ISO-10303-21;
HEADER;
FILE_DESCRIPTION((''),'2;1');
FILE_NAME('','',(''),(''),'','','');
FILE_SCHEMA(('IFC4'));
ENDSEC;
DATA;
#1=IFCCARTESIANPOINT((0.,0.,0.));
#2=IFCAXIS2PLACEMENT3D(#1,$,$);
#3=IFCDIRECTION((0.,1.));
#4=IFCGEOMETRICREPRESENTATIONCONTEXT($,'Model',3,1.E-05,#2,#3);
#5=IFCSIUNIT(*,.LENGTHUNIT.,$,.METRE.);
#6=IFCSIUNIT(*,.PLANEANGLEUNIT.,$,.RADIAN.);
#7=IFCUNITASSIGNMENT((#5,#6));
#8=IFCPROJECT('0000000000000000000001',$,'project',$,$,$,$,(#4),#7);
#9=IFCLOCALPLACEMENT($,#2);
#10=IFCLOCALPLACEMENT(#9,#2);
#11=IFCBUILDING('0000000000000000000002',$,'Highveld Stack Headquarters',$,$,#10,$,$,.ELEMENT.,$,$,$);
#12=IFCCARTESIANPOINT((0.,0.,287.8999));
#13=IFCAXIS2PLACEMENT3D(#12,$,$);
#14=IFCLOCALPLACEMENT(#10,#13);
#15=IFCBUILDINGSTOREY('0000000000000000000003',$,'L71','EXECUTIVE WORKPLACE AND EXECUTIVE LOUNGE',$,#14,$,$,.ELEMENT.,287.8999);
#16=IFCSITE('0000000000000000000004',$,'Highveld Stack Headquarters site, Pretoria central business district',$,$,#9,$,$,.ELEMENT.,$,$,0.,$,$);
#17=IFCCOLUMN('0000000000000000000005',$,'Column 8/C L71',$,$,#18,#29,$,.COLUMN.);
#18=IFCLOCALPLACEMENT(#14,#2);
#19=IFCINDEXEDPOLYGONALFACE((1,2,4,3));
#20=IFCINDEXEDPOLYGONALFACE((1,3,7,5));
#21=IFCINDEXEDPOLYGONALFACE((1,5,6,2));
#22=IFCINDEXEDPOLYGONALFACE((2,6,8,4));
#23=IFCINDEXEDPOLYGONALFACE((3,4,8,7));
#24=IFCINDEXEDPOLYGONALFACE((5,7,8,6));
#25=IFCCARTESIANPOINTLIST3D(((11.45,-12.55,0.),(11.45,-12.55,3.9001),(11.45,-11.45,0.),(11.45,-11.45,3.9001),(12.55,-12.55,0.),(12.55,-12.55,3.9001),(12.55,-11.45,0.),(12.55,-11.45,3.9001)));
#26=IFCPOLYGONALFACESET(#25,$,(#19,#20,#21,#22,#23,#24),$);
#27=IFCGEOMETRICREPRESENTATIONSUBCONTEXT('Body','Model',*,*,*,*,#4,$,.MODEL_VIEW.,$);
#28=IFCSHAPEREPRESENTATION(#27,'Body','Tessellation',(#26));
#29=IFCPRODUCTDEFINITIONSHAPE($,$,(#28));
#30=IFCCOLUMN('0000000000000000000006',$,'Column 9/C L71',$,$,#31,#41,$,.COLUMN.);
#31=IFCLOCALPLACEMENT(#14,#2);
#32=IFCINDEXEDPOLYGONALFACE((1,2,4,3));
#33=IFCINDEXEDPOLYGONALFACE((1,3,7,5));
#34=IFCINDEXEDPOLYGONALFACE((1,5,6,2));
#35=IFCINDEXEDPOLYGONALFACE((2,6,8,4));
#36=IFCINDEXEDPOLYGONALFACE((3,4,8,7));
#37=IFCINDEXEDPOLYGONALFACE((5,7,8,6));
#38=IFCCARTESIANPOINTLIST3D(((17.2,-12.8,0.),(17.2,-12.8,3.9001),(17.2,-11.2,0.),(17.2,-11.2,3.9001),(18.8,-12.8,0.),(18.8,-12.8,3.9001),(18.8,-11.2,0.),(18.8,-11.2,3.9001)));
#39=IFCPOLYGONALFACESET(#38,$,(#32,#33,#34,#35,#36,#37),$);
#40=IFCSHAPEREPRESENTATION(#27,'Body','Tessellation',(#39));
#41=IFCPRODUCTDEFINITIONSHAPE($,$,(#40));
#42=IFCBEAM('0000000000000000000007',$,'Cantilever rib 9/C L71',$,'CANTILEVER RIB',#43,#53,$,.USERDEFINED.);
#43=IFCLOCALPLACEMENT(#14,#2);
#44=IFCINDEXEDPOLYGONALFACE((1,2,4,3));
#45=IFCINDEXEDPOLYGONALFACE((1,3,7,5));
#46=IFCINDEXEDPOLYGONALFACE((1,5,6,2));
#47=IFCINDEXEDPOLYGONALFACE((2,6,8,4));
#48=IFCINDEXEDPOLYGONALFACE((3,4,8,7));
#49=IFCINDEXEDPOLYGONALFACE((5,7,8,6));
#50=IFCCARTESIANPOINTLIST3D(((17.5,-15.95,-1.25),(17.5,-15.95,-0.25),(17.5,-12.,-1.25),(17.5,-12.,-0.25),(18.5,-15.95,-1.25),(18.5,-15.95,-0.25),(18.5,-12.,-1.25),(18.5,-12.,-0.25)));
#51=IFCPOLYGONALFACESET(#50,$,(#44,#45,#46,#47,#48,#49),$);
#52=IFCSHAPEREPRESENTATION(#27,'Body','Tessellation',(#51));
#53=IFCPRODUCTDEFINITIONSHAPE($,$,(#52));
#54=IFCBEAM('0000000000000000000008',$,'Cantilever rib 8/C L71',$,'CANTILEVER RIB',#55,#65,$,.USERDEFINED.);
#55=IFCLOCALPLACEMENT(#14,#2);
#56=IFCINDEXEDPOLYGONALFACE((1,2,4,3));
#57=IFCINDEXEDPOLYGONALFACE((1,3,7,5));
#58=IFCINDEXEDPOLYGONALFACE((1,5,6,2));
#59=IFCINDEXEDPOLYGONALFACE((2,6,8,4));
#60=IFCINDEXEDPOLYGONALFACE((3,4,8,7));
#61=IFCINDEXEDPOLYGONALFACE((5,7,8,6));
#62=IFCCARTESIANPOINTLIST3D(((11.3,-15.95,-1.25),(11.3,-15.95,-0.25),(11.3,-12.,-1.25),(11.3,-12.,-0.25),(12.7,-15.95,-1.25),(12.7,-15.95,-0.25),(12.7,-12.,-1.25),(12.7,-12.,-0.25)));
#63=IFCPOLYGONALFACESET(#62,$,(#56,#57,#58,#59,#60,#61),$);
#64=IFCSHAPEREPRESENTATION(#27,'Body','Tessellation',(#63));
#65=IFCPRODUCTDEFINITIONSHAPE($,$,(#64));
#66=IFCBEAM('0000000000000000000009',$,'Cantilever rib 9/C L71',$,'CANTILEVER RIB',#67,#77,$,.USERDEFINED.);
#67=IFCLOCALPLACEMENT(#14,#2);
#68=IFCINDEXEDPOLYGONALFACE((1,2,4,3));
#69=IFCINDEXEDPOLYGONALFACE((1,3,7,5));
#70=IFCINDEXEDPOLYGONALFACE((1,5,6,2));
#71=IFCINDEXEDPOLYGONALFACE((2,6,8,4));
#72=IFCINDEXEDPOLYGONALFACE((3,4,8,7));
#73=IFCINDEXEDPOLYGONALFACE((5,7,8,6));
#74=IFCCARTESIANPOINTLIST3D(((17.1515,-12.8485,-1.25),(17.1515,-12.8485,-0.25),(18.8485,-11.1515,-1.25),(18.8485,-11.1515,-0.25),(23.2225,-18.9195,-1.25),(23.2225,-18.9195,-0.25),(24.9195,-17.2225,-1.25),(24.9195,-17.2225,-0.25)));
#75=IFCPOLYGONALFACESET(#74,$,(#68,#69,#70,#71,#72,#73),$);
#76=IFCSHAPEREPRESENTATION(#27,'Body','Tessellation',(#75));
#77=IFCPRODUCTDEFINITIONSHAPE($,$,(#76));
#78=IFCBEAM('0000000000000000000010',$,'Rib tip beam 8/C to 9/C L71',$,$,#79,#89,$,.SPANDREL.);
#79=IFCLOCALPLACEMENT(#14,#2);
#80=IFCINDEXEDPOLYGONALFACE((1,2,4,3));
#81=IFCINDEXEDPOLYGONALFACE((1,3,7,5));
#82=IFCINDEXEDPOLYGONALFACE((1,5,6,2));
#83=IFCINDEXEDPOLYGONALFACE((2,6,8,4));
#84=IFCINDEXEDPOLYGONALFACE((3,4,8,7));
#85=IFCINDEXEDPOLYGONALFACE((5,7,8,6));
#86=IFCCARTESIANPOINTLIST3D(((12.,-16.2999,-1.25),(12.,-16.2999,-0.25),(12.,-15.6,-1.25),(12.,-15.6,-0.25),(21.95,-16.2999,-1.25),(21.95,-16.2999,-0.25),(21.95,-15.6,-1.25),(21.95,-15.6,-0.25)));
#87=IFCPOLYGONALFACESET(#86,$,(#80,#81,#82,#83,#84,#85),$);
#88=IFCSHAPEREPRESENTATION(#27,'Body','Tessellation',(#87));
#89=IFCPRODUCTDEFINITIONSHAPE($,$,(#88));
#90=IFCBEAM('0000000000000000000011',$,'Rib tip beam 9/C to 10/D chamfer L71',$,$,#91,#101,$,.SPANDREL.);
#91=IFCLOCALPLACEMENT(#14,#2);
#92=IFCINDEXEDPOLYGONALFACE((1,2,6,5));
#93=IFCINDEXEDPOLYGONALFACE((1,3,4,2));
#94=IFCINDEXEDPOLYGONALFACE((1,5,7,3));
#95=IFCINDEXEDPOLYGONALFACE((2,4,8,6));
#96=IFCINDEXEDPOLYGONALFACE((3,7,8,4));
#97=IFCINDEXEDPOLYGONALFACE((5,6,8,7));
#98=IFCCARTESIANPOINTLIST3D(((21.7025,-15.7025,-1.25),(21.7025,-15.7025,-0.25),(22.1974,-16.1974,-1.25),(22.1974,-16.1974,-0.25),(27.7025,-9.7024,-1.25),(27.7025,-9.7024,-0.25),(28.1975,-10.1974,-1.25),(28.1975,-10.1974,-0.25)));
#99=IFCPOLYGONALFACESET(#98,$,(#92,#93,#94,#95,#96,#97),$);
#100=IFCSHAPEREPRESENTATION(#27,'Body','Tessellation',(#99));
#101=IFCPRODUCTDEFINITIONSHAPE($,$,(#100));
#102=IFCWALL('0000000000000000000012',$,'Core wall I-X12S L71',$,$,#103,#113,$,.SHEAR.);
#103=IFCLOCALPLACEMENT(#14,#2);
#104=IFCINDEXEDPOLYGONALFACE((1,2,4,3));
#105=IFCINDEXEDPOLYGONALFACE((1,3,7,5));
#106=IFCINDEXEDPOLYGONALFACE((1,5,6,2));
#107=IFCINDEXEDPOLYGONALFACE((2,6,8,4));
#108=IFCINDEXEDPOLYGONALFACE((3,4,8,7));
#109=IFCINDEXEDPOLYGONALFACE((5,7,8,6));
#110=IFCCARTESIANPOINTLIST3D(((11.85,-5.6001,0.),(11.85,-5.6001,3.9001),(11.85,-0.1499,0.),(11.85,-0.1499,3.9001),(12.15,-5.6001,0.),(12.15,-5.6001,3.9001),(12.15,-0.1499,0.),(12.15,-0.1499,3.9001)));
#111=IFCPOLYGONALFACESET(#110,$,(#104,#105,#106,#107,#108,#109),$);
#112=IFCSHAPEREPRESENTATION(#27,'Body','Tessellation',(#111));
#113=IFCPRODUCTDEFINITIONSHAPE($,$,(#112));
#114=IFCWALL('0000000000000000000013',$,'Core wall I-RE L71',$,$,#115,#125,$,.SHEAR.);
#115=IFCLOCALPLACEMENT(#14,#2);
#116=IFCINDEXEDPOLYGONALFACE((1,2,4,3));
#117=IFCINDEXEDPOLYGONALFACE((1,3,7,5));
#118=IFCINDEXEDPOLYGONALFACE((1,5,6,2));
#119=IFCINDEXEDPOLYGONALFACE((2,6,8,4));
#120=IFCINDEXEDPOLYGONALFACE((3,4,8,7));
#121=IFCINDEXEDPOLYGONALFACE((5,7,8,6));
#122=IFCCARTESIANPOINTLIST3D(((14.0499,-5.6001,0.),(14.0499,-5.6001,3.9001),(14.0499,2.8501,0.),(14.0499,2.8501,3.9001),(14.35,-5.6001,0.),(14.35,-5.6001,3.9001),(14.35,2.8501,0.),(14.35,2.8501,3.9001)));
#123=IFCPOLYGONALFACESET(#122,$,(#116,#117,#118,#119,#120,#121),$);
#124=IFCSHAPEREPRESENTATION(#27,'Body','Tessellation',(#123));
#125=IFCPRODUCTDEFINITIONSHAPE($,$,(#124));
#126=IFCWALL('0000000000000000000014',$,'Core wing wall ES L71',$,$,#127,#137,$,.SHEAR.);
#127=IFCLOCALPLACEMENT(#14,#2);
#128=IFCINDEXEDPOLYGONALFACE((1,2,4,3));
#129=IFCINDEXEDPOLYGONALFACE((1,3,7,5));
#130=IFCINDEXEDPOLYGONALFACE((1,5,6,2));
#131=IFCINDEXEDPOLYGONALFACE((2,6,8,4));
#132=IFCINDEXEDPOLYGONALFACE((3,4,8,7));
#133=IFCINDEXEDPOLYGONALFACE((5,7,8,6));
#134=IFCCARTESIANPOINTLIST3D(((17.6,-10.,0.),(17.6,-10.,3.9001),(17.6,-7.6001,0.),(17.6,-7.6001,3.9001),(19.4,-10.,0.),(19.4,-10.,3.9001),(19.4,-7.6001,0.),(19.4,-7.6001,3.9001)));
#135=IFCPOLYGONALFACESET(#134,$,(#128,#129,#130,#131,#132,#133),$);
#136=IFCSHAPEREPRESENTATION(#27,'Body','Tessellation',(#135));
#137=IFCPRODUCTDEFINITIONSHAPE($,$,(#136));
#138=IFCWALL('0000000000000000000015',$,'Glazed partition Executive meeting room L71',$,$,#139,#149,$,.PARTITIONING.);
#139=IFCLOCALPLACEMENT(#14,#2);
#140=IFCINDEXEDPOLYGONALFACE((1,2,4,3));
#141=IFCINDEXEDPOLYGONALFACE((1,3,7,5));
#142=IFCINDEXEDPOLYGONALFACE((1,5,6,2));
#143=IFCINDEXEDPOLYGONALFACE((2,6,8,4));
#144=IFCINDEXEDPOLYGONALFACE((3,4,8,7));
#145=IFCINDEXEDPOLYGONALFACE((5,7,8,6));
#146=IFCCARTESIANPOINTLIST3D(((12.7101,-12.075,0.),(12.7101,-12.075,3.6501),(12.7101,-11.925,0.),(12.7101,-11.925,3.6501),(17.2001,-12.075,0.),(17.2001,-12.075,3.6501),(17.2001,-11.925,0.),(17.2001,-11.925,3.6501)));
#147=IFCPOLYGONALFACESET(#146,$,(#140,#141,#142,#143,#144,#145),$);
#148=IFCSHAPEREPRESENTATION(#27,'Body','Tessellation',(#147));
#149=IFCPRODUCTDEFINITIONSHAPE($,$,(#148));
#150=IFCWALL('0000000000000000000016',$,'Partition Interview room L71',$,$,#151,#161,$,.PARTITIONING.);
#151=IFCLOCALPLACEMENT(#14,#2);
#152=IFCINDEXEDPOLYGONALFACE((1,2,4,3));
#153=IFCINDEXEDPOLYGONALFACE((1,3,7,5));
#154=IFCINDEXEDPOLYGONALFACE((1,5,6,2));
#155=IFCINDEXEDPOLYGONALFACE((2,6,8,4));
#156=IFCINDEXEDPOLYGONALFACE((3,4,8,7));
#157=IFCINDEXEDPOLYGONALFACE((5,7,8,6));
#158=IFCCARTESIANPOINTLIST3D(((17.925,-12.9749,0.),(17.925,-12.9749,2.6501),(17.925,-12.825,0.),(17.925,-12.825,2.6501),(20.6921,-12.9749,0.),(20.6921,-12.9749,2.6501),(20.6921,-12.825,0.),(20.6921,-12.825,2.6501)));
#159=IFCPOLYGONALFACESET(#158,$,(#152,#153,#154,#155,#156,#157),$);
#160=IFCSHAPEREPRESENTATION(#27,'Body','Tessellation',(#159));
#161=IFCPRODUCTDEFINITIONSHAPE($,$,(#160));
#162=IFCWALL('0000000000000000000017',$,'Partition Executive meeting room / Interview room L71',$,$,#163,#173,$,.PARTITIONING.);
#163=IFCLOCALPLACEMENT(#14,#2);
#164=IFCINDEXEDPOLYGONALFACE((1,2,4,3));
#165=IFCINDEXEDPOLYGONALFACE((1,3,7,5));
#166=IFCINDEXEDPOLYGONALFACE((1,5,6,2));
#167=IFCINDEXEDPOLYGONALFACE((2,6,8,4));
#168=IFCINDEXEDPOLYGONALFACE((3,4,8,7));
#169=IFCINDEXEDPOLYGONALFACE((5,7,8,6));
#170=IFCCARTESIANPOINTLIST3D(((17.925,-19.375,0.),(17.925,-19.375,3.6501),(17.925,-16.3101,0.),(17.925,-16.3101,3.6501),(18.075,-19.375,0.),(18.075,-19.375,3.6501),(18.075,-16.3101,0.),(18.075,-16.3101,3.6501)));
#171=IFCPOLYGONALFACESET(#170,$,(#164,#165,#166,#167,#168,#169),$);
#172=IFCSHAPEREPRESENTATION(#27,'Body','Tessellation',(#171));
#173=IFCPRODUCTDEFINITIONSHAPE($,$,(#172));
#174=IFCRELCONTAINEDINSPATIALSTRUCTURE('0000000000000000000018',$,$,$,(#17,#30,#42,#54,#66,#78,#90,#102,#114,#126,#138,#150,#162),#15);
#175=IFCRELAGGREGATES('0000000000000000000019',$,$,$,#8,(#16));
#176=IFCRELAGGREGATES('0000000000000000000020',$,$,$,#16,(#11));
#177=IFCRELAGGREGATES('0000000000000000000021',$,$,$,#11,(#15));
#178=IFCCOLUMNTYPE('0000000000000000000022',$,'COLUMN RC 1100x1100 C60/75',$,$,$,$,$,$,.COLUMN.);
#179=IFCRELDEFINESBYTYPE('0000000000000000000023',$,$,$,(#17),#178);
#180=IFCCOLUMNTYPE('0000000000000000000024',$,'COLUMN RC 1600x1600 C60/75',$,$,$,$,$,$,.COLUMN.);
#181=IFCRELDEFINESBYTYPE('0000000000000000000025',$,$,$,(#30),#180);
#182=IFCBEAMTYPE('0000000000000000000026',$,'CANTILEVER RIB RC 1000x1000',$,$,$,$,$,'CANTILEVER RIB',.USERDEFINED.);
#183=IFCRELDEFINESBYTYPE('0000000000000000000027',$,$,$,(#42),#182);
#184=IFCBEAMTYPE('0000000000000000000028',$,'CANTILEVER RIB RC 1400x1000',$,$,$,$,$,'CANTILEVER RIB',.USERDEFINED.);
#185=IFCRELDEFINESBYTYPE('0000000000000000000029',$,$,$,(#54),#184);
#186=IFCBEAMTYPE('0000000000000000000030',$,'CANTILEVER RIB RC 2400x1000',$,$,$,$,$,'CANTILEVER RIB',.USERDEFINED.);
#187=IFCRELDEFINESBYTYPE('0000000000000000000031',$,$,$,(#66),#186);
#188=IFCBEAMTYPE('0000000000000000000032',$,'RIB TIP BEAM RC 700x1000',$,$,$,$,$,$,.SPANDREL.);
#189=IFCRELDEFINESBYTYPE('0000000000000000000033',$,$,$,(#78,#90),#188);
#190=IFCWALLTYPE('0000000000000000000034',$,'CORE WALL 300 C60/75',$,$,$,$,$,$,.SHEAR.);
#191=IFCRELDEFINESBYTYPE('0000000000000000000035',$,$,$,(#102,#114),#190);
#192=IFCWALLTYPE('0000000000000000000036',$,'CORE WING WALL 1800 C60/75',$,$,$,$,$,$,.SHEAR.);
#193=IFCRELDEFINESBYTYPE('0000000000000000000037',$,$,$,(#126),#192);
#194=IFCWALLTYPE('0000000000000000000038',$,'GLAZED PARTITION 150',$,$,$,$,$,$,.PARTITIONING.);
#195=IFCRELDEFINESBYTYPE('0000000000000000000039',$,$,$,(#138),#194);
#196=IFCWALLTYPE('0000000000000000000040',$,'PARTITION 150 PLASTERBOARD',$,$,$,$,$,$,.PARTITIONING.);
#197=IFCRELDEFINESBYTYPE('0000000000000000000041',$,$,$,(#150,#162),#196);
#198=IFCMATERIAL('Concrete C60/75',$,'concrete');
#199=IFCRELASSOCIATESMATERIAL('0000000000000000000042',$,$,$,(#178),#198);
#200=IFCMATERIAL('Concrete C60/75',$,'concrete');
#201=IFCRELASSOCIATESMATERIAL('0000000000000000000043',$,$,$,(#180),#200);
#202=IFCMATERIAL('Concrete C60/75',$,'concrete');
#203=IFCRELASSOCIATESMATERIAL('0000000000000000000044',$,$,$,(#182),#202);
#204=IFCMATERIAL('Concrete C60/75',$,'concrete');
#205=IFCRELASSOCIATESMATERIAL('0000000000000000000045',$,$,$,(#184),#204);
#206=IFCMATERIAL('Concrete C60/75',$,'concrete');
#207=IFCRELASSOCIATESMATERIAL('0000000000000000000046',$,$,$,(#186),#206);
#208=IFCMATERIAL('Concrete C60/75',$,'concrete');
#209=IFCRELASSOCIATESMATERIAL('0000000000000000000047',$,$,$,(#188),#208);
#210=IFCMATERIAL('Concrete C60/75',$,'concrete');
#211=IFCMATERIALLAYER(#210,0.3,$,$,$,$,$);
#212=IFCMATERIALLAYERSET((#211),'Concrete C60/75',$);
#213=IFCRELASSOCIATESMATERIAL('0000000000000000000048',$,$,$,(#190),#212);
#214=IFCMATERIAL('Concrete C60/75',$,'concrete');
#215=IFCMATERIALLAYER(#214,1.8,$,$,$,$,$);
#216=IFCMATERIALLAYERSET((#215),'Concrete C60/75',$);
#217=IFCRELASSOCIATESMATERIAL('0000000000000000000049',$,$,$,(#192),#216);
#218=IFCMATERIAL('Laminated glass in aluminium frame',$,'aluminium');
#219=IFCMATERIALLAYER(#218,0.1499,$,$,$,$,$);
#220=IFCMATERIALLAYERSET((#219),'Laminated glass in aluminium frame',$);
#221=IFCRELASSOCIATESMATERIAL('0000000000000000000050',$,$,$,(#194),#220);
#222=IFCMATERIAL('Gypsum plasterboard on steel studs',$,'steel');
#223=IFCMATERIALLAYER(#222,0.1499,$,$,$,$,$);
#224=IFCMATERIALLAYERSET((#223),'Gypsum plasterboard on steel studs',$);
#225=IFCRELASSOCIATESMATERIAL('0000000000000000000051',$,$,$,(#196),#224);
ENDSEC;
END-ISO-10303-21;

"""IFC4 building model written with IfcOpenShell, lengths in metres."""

from ifc_helpers import new_model, si_unit, direction, frame, frame_2d, origin, origin_2d, place, context, subcontext, project, spatial, rectangle, extrude, material, layer, layer_set, material_profile, profile_set, type_object, element, save


model = new_model("IFC4")

# Units and contexts
model_context = context("Model", 3, precision=1e-05, world=origin(), true_north=direction((0.0, 1.0)))
body_context = subcontext(model_context, "Body", "Model", "MODEL_VIEW")
ifc_project = project(units=[si_unit("LENGTHUNIT", "METRE"), si_unit("PLANEANGLEUNIT", "RADIAN")], contexts=[model_context])

# Site, building, storey
site_placement = place(None, origin())
site = spatial("IfcSite", under=ifc_project, at=site_placement, Name="Highveld Stack Headquarters site, Pretoria central business district", CompositionType="ELEMENT", RefElevation=0.0)
building_placement = place(site_placement, origin())
building = spatial("IfcBuilding", under=site, at=building_placement, Name="Highveld Stack Headquarters", CompositionType="ELEMENT")
storey_placement = place(building_placement, frame((0.0, 0.0, 287.8999)))
storey = spatial("IfcBuildingStorey", under=building, at=storey_placement, Name="L71", Description="EXECUTIVE WORKPLACE AND EXECUTIVE LOUNGE", CompositionType="ELEMENT", Elevation=287.8999)

# Columns
ifc_material_1 = material(Name="Concrete C60/75", Category="concrete")
ifc_material_profile_1 = material_profile(ifc_material_1, rectangle(XDim=1.1001, YDim=1.1001, at=origin_2d()), Name="RC 1100x1100")
ifc_profile_set_1 = profile_set([ifc_material_profile_1], Name="Concrete C60/75")
column_type_1 = type_object("IfcColumnType", Name="COLUMN RC 1100x1100 C60/75", PredefinedType="COLUMN", material=ifc_profile_set_1)
column_1_placement = place(storey_placement, frame((12.0, -12.0, 0.0), z_axis=(0.0, 0.0, 1.0), x_axis=(1.0, 0.0, 0.0)))
element("IfcColumn", 1, at=column_1_placement, inside=storey, type_object=column_type_1, Name="Column 8/C L71", PredefinedType="COLUMN", context=body_context, shape_type="SweptSolid", body=[
    extrude(rectangle(XDim=1.1001, YDim=1.1001, at=origin_2d()), origin(), (0.0, 0.0, 1.0), 3.9001),
])
ifc_material_2 = material(Name="Concrete C60/75", Category="concrete")
ifc_material_profile_2 = material_profile(ifc_material_2, rectangle(XDim=1.6001, YDim=1.6001, at=origin_2d()), Name="RC 1600x1600")
ifc_profile_set_2 = profile_set([ifc_material_profile_2], Name="Concrete C60/75")
column_type_2 = type_object("IfcColumnType", Name="COLUMN RC 1600x1600 C60/75", PredefinedType="COLUMN", material=ifc_profile_set_2)
column_2_placement = place(storey_placement, frame((18.0, -12.0, 0.0), z_axis=(0.0, 0.0, 1.0), x_axis=(1.0, 0.0, 0.0)))
element("IfcColumn", 2, at=column_2_placement, inside=storey, type_object=column_type_2, Name="Column 9/C L71", PredefinedType="COLUMN", context=body_context, shape_type="SweptSolid", body=[
    extrude(rectangle(XDim=1.6001, YDim=1.6001, at=origin_2d()), origin(), (0.0, 0.0, 1.0), 3.9001),
])

# Beams
ifc_material_3 = material(Name="Concrete C60/75", Category="concrete")
ifc_material_profile_3 = material_profile(ifc_material_3, rectangle(XDim=1.0, YDim=1.0, at=origin_2d()), Name="RC 1000x1000")
ifc_profile_set_3 = profile_set([ifc_material_profile_3], Name="Concrete C60/75")
beam_type_1 = type_object("IfcBeamType", Name="CANTILEVER RIB RC 1000x1000", ElementType="CANTILEVER RIB", PredefinedType="USERDEFINED", material=ifc_profile_set_3)
beam_1_placement = place(storey_placement, frame((18.0, -12.0, -0.75), z_axis=(0.0, -1.0, 0.0), x_axis=(1.0, 0.0, 0.0)))
element("IfcBeam", 3, at=beam_1_placement, inside=storey, type_object=beam_type_1, Name="Cantilever rib 9/C L71", ObjectType="CANTILEVER RIB", PredefinedType="USERDEFINED", context=body_context, shape_type="SweptSolid", body=[
    extrude(rectangle(XDim=1.0, YDim=1.0, at=origin_2d()), origin(), (0.0, 0.0, 1.0), 3.95),
])
ifc_material_4 = material(Name="Concrete C60/75", Category="concrete")
ifc_material_profile_4 = material_profile(ifc_material_4, rectangle(XDim=1.3999, YDim=1.0, at=origin_2d()), Name="RC 1400x1000")
ifc_profile_set_4 = profile_set([ifc_material_profile_4], Name="Concrete C60/75")
beam_type_2 = type_object("IfcBeamType", Name="CANTILEVER RIB RC 1400x1000", ElementType="CANTILEVER RIB", PredefinedType="USERDEFINED", material=ifc_profile_set_4)
beam_2_placement = place(storey_placement, frame((12.0, -12.0, -0.75), z_axis=(0.0, -1.0, 0.0), x_axis=(1.0, 0.0, 0.0)))
element("IfcBeam", 4, at=beam_2_placement, inside=storey, type_object=beam_type_2, Name="Cantilever rib 8/C L71", ObjectType="CANTILEVER RIB", PredefinedType="USERDEFINED", context=body_context, shape_type="SweptSolid", body=[
    extrude(rectangle(XDim=1.3999, YDim=1.0, at=origin_2d()), origin(), (0.0, 0.0, 1.0), 3.95),
])
ifc_material_5 = material(Name="Concrete C60/75", Category="concrete")
ifc_material_profile_5 = material_profile(ifc_material_5, rectangle(XDim=2.3999, YDim=1.0, at=origin_2d()), Name="RC 2400x1000")
ifc_profile_set_5 = profile_set([ifc_material_profile_5], Name="Concrete C60/75")
beam_type_3 = type_object("IfcBeamType", Name="CANTILEVER RIB RC 2400x1000", ElementType="CANTILEVER RIB", PredefinedType="USERDEFINED", material=ifc_profile_set_5)
beam_3_placement = place(storey_placement, frame((18.0, -12.0, -0.75), z_axis=(0.707107, -0.707107, 0.0), x_axis=(0.707107, 0.707107, 0.0)))
element("IfcBeam", 5, at=beam_3_placement, inside=storey, type_object=beam_type_3, Name="Cantilever rib 9/C L71", ObjectType="CANTILEVER RIB", PredefinedType="USERDEFINED", context=body_context, shape_type="SweptSolid", body=[
    extrude(rectangle(XDim=2.3999, YDim=1.0, at=origin_2d()), origin(), (0.0, 0.0, 1.0), 8.5857),
])
ifc_material_6 = material(Name="Concrete C60/75", Category="concrete")
ifc_material_profile_6 = material_profile(ifc_material_6, rectangle(XDim=0.7, YDim=1.0, at=origin_2d()), Name="RC 700x1000")
ifc_profile_set_6 = profile_set([ifc_material_profile_6], Name="Concrete C60/75")
beam_type_4 = type_object("IfcBeamType", Name="RIB TIP BEAM RC 700x1000", PredefinedType="SPANDREL", material=ifc_profile_set_6)
beam_4_placement = place(storey_placement, frame((12.0, -15.95, -0.75), z_axis=(1.0, 0.0, 0.0), x_axis=(0.0, 1.0, 0.0)))
element("IfcBeam", 6, at=beam_4_placement, inside=storey, type_object=beam_type_4, Name="Rib tip beam 8/C to 9/C L71", PredefinedType="SPANDREL", context=body_context, shape_type="SweptSolid", body=[
    extrude(rectangle(XDim=0.7, YDim=1.0, at=origin_2d()), origin(), (0.0, 0.0, 1.0), 9.95),
])
beam_5_placement = place(storey_placement, frame((21.95, -15.95, -0.75), z_axis=(0.707107, 0.707107, 0.0), x_axis=(-0.707107, 0.707107, 0.0)))
element("IfcBeam", 7, at=beam_5_placement, inside=storey, type_object=beam_type_4, Name="Rib tip beam 9/C to 10/D chamfer L71", PredefinedType="SPANDREL", context=body_context, shape_type="SweptSolid", body=[
    extrude(rectangle(XDim=0.7, YDim=1.0, at=origin_2d()), origin(), (0.0, 0.0, 1.0), 8.4854),
])

# Walls
ifc_material_7 = material(Name="Concrete C60/75", Category="concrete")
ifc_layer_1 = layer(ifc_material_7, 0.3)
ifc_layer_set_1 = layer_set([ifc_layer_1], Name="Concrete C60/75")
wall_type_1 = type_object("IfcWallType", Name="CORE WALL 300 C60/75", PredefinedType="SHEAR", material=ifc_layer_set_1)
wall_1_placement = place(storey_placement, frame((12.0, -5.6001, 0.0), z_axis=(0.0, 0.0, 1.0), x_axis=(0.0, 1.0, 0.0)))
element("IfcWall", 8, at=wall_1_placement, inside=storey, type_object=wall_type_1, Name="Core wall I-X12S L71", PredefinedType="SHEAR", context=body_context, shape_type="SweptSolid", body=[
    extrude(rectangle(XDim=5.4502, YDim=0.3, at=frame_2d((2.7251, 0.0))), origin(), (0.0, 0.0, 1.0), 3.9001),
])
wall_2_placement = place(storey_placement, frame((14.2, -5.6001, 0.0), z_axis=(0.0, 0.0, 1.0), x_axis=(0.0, 1.0, 0.0)))
element("IfcWall", 9, at=wall_2_placement, inside=storey, type_object=wall_type_1, Name="Core wall I-RE L71", PredefinedType="SHEAR", context=body_context, shape_type="SweptSolid", body=[
    extrude(rectangle(XDim=8.4502, YDim=0.3, at=frame_2d((4.2251, 0.0))), origin(), (0.0, 0.0, 1.0), 3.9001),
])
ifc_material_8 = material(Name="Concrete C60/75", Category="concrete")
ifc_layer_2 = layer(ifc_material_8, 1.8)
ifc_layer_set_2 = layer_set([ifc_layer_2], Name="Concrete C60/75")
wall_type_2 = type_object("IfcWallType", Name="CORE WING WALL 1800 C60/75", PredefinedType="SHEAR", material=ifc_layer_set_2)
wall_3_placement = place(storey_placement, frame((18.5, -10.0, 0.0), z_axis=(0.0, 0.0, 1.0), x_axis=(0.0, 1.0, 0.0)))
element("IfcWall", 10, at=wall_3_placement, inside=storey, type_object=wall_type_2, Name="Core wing wall ES L71", PredefinedType="SHEAR", context=body_context, shape_type="SweptSolid", body=[
    extrude(rectangle(XDim=2.3999, YDim=1.8, at=frame_2d((1.2, 0.0))), origin(), (0.0, 0.0, 1.0), 3.9001),
])
ifc_material_9 = material(Name="Laminated glass in aluminium frame", Category="aluminium")
ifc_layer_3 = layer(ifc_material_9, 0.1499)
ifc_layer_set_3 = layer_set([ifc_layer_3], Name="Laminated glass in aluminium frame")
wall_type_3 = type_object("IfcWallType", Name="GLAZED PARTITION 150", PredefinedType="PARTITIONING", material=ifc_layer_set_3)
wall_4_placement = place(storey_placement, frame((12.71, -12.0, 0.0), z_axis=(0.0, 0.0, 1.0), x_axis=(1.0, 0.0, 0.0)))
element("IfcWall", 11, at=wall_4_placement, inside=storey, type_object=wall_type_3, Name="Glazed partition Executive meeting room L71", PredefinedType="PARTITIONING", context=body_context, shape_type="SweptSolid", body=[
    extrude(rectangle(XDim=4.49, YDim=0.1499, at=frame_2d((2.2451, 0.0))), origin(), (0.0, 0.0, 1.0), 3.6501),
])
ifc_material_10 = material(Name="Gypsum plasterboard on steel studs", Category="steel")
ifc_layer_4 = layer(ifc_material_10, 0.1499)
ifc_layer_set_4 = layer_set([ifc_layer_4], Name="Gypsum plasterboard on steel studs")
wall_type_4 = type_object("IfcWallType", Name="PARTITION 150 PLASTERBOARD", PredefinedType="PARTITIONING", material=ifc_layer_set_4)
wall_5_placement = place(storey_placement, frame((17.925, -12.8999, 0.0), z_axis=(0.0, 0.0, 1.0), x_axis=(1.0, 0.0, 0.0)))
element("IfcWall", 12, at=wall_5_placement, inside=storey, type_object=wall_type_4, Name="Partition Interview room L71", PredefinedType="PARTITIONING", context=body_context, shape_type="SweptSolid", body=[
    extrude(rectangle(XDim=2.7671, YDim=0.1499, at=frame_2d((1.3835, 0.0))), origin(), (0.0, 0.0, 1.0), 2.6501),
])

# Wall
wall_6_placement = place(storey_placement, frame((18.0, -19.375, 0.0), z_axis=(0.0, 0.0, 1.0), x_axis=(0.0, 1.0, 0.0)))
element("IfcWall", 13, at=wall_6_placement, inside=storey, type_object=wall_type_4, Name="Partition Executive meeting room / Interview room L71", PredefinedType="PARTITIONING", context=body_context, shape_type="SweptSolid", body=[
    extrude(rectangle(XDim=3.0649, YDim=0.1499, at=frame_2d((1.5325, 0.0))), origin(), (0.0, 0.0, 1.0), 3.6501),
])

save(model, "model.ifc")
